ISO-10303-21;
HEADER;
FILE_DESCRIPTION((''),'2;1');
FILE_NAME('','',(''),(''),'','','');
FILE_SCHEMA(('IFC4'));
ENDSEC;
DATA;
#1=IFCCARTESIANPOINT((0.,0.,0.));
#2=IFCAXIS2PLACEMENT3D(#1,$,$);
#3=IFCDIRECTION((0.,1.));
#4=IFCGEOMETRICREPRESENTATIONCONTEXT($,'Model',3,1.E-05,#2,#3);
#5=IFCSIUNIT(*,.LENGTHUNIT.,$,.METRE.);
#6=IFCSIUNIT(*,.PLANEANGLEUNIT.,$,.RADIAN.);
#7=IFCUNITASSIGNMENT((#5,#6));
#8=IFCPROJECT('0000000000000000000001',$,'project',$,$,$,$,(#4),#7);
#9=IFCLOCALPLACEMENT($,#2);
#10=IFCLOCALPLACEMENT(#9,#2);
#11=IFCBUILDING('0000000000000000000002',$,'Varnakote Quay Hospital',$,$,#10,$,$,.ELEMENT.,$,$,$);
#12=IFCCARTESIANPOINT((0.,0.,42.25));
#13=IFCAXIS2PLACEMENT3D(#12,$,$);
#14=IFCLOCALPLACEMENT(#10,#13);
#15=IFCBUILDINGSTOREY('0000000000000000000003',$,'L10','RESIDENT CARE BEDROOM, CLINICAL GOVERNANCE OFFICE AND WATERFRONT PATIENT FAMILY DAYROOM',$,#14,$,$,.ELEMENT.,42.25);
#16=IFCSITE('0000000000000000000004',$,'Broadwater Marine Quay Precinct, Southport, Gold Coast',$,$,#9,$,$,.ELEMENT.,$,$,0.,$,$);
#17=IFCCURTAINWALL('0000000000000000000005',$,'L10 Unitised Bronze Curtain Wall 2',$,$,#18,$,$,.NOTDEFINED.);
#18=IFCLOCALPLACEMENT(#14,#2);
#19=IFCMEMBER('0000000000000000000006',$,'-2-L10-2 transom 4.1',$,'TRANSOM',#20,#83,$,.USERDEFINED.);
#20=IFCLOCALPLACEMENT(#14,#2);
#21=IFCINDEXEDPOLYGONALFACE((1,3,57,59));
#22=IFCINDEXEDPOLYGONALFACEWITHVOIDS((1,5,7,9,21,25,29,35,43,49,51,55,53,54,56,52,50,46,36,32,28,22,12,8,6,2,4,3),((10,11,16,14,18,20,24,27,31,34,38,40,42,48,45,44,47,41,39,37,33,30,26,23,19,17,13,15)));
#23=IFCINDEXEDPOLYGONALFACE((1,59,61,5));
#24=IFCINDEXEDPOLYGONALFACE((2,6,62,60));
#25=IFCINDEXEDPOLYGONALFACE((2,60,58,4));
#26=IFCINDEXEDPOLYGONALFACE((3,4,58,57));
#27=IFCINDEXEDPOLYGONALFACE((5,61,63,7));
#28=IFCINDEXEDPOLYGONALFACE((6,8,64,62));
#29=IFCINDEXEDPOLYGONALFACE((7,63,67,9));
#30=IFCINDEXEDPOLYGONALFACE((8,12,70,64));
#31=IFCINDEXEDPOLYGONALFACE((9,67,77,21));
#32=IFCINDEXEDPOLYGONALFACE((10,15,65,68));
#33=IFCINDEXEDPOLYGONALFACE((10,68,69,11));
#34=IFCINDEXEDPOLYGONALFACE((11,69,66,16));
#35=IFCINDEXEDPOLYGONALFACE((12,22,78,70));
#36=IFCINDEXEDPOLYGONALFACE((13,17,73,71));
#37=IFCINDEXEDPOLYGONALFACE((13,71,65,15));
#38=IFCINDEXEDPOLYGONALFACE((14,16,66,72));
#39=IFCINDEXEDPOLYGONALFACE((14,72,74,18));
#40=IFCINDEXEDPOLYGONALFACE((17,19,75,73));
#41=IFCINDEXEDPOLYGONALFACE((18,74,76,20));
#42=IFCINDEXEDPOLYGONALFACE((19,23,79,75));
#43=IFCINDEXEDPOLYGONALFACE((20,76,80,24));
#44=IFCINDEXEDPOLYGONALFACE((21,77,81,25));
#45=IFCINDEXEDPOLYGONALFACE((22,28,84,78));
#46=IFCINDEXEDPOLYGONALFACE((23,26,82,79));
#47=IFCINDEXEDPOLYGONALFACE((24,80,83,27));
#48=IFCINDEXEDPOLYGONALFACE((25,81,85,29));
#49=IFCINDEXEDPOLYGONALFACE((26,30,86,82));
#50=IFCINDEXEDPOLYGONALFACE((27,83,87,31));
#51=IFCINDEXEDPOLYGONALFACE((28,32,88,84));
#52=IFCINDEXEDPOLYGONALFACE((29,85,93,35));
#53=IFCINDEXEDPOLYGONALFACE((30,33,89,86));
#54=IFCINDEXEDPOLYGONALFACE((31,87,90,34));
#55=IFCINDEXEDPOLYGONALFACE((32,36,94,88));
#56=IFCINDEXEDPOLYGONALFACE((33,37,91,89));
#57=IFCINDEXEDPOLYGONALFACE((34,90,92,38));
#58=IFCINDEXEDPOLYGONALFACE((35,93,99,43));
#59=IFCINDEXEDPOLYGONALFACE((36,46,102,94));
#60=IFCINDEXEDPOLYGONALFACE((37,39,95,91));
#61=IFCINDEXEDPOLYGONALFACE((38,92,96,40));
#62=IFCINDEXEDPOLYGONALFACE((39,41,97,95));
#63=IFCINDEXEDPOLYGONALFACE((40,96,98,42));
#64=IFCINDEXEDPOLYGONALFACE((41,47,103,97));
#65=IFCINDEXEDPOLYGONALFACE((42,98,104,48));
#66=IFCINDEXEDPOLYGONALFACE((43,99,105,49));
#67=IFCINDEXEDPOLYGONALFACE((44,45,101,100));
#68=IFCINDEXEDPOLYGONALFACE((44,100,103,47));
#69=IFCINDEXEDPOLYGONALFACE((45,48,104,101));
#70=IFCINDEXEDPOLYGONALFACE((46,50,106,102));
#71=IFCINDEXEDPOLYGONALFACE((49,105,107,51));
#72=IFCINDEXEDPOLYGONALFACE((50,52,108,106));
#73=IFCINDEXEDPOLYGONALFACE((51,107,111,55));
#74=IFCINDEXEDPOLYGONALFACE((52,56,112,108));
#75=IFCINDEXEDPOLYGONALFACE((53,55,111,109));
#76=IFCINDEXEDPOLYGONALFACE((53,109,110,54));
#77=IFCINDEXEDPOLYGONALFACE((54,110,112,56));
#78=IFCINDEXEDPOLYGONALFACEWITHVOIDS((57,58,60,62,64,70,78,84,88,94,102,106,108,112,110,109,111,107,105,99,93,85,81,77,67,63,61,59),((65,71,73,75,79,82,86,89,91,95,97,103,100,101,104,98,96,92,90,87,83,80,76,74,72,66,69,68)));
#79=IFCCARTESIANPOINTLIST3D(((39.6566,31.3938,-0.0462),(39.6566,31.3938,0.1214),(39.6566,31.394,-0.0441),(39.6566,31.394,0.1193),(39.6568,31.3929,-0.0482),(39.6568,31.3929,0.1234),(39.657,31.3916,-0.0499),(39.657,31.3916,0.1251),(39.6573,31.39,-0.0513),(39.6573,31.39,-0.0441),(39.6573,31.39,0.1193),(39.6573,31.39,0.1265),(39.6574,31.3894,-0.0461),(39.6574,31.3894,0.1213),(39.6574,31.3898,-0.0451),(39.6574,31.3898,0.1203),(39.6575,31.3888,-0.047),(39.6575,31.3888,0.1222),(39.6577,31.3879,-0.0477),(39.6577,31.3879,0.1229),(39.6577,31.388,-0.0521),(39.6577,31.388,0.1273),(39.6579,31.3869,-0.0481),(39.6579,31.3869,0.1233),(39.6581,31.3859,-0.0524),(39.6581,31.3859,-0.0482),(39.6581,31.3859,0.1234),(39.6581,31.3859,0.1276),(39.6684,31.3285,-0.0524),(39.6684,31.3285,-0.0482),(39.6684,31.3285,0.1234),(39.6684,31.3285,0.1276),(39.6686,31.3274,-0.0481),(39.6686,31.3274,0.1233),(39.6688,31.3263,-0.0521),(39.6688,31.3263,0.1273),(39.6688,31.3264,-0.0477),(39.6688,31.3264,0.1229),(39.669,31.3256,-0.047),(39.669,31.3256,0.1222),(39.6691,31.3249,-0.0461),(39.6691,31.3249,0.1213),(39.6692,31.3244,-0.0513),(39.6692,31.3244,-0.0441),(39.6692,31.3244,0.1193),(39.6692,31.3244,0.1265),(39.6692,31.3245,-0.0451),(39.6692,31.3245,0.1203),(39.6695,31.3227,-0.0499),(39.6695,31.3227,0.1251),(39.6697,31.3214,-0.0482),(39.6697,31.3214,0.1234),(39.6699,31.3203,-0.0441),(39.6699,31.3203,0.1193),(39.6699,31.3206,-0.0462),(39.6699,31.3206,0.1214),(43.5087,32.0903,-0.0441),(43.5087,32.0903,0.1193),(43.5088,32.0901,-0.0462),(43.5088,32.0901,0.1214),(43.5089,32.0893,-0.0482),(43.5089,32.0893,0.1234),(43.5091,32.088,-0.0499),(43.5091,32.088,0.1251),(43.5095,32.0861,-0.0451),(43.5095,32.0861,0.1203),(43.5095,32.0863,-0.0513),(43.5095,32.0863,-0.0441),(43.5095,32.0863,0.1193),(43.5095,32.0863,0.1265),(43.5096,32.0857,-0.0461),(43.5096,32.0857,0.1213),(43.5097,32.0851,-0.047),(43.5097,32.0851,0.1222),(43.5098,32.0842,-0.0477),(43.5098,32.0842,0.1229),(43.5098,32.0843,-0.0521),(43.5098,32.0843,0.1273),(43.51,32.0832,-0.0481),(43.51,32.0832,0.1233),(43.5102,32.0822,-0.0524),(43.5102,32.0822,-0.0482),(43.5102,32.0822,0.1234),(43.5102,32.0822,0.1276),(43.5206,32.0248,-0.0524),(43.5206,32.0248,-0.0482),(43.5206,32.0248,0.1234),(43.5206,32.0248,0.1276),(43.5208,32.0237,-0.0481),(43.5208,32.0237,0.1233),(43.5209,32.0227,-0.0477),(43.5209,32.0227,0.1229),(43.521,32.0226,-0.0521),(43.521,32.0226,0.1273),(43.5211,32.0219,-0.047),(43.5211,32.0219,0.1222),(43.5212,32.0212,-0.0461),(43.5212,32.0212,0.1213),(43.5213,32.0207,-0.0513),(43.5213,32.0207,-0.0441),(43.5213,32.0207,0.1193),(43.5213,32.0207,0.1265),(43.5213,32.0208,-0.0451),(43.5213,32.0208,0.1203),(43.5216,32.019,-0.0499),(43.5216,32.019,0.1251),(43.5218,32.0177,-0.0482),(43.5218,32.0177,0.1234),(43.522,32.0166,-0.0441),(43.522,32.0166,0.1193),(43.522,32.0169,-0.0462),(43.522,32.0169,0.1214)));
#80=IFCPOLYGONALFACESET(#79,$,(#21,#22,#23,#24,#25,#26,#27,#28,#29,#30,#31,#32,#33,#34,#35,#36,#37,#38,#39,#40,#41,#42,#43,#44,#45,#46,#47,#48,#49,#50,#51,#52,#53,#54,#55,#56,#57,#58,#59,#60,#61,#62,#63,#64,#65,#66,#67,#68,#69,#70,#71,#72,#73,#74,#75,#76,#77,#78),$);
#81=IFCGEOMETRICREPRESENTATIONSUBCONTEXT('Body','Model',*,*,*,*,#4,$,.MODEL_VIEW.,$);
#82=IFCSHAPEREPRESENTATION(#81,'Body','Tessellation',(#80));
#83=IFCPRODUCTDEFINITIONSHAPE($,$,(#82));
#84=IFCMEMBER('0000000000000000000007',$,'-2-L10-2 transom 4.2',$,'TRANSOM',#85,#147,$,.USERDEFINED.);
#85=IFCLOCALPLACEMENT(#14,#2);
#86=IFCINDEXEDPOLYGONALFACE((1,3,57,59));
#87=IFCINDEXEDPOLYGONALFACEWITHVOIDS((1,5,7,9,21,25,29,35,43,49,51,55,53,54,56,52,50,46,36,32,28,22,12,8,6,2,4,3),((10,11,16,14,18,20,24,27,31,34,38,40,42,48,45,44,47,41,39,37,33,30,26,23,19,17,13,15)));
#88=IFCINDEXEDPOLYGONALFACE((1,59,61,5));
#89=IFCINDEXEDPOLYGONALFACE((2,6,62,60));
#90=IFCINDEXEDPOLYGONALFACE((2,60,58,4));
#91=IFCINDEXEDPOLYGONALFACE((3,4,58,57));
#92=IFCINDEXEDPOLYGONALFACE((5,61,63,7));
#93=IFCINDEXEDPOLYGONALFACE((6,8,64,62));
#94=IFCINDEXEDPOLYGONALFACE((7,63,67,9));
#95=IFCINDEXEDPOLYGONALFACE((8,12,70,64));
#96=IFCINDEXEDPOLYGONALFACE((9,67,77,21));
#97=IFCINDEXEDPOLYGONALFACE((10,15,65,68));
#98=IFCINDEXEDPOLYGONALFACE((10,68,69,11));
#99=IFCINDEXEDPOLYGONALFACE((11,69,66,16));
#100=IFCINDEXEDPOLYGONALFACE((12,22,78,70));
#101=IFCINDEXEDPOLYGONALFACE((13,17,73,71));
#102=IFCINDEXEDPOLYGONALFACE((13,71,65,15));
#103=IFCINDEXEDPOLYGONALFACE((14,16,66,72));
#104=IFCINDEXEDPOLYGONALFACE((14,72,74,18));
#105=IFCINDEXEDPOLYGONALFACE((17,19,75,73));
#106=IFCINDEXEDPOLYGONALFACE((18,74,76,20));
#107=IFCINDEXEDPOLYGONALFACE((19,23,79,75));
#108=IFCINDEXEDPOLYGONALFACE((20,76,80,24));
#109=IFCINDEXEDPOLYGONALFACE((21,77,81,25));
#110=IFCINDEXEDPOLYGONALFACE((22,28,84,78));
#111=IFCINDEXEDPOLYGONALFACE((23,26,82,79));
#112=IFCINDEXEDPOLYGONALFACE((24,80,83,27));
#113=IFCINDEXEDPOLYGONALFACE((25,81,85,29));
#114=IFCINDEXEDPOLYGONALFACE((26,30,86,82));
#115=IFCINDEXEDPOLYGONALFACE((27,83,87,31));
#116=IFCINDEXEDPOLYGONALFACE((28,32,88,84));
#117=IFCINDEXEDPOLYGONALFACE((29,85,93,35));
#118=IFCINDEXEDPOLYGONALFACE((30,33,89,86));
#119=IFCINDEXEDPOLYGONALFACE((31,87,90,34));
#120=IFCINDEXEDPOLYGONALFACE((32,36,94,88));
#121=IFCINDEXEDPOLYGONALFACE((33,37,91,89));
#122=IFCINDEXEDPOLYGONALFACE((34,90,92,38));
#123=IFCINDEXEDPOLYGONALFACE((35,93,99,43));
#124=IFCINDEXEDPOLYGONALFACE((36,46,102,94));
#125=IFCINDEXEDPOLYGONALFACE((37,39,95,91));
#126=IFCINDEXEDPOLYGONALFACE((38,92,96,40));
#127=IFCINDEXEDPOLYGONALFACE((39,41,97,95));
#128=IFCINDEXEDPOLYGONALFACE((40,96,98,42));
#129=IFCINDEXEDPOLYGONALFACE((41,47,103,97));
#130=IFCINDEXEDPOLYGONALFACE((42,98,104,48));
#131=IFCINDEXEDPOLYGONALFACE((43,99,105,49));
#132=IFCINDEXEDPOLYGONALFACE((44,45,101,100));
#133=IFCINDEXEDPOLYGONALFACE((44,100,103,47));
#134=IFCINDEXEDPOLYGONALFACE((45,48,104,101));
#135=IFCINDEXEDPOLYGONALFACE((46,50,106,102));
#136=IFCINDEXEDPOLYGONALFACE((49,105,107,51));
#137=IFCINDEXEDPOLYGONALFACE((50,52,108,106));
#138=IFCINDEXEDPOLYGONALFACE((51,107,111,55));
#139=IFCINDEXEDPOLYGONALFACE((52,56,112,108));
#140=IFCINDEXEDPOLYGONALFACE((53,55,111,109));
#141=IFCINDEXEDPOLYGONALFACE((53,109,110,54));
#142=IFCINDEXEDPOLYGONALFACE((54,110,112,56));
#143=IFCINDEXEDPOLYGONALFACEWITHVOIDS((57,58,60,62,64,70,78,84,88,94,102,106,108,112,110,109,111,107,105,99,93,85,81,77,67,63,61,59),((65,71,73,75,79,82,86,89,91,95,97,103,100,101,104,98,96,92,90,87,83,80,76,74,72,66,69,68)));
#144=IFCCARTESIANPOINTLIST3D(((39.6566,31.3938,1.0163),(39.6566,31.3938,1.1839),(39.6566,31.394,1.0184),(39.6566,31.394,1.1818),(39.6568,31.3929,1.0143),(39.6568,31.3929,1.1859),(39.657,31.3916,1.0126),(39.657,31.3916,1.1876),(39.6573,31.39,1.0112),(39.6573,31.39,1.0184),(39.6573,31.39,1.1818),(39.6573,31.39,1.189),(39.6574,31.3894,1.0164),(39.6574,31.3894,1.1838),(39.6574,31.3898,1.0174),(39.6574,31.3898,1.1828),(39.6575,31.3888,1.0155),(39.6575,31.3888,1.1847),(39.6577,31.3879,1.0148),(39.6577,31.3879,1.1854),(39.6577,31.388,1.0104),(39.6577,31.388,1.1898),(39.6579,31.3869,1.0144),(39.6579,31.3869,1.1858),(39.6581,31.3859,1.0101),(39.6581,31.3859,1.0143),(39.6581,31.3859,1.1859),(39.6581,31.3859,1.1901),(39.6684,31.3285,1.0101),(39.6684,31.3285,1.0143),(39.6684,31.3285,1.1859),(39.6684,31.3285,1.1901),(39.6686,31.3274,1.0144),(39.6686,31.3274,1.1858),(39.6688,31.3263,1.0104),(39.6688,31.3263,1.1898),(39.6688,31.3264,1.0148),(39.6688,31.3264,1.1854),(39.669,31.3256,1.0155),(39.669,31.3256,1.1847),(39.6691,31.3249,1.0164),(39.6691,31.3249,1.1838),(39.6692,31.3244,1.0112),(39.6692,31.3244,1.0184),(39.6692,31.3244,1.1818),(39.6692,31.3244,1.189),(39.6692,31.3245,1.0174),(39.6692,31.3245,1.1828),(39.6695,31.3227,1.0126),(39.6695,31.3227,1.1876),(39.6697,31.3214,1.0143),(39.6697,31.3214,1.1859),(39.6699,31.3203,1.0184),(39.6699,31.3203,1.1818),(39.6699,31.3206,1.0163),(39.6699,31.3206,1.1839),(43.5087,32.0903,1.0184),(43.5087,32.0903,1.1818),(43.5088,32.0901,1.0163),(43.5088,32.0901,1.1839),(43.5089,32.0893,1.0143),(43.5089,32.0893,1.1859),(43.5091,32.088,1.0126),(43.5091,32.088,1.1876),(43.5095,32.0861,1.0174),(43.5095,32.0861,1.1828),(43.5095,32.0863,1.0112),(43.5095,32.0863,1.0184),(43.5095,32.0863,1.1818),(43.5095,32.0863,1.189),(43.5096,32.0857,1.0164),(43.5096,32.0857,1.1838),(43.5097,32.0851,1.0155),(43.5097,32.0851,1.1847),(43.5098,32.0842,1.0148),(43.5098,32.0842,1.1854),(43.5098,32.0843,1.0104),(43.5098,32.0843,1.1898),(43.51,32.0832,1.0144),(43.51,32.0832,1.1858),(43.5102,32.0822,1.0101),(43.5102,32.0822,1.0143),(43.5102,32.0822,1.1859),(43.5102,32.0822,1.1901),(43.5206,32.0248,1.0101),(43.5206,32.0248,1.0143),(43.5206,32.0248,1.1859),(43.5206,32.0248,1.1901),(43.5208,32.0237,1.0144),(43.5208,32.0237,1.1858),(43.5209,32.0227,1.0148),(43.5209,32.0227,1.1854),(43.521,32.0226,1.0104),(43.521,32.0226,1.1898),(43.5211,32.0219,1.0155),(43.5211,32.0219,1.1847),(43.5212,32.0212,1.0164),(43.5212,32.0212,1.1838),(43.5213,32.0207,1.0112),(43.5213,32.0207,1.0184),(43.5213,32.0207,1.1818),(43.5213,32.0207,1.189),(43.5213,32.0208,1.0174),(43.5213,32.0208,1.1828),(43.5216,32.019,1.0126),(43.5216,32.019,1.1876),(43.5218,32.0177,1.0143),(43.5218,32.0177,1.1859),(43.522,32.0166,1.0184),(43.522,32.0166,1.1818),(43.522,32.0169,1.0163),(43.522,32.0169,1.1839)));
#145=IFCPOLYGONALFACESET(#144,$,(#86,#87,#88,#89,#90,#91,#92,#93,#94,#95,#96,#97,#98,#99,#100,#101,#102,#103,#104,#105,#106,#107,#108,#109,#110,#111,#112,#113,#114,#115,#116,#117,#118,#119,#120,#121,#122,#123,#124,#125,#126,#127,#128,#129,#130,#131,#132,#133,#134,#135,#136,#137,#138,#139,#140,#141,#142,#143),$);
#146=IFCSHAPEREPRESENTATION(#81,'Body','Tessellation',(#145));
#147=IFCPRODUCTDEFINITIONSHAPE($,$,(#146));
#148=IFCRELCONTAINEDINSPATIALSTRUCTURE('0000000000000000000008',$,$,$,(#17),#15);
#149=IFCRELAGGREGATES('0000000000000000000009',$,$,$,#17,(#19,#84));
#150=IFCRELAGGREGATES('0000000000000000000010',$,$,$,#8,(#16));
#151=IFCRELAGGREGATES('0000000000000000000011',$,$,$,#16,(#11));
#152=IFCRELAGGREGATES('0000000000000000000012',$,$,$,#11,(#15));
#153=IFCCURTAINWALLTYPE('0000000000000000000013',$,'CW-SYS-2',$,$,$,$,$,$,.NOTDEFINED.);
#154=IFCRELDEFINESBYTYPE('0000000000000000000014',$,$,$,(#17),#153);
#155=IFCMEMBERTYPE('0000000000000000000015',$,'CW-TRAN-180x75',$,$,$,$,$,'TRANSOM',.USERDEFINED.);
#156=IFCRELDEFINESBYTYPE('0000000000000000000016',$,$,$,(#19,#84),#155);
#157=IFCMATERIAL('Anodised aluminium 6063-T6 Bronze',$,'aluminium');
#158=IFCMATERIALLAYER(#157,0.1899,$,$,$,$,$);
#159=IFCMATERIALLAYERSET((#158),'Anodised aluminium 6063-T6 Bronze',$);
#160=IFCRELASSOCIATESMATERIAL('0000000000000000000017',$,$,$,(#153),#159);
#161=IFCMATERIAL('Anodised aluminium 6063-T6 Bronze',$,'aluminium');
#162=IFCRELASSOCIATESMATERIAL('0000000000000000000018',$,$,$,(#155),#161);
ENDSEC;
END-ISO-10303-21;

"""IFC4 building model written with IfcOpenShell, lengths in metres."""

from ifc_helpers import new_model, si_unit, direction, frame, origin, origin_2d, place, context, subcontext, project, spatial, hollow_rectangle, extrude, material, layer, layer_set, material_profile, profile_set, type_object, element, aggregate, save


model = new_model("IFC4")

# Units and contexts
model_context = context("Model", 3, precision=1e-05, world=origin(), true_north=direction((0.0, 1.0)))
body_context = subcontext(model_context, "Body", "Model", "MODEL_VIEW")
ifc_project = project(units=[si_unit("LENGTHUNIT", "METRE"), si_unit("PLANEANGLEUNIT", "RADIAN")], contexts=[model_context])

# Site, building, storey
site_placement = place(None, origin())
site = spatial("IfcSite", under=ifc_project, at=site_placement, Name="Broadwater Marine Quay Precinct, Southport, Gold Coast", CompositionType="ELEMENT", RefElevation=0.0)
building_placement = place(site_placement, origin())
building = spatial("IfcBuilding", under=site, at=building_placement, Name="Varnakote Quay Hospital", CompositionType="ELEMENT")
storey_placement = place(building_placement, frame((0.0, 0.0, 42.25)))
storey = spatial("IfcBuildingStorey", under=building, at=storey_placement, Name="L10", Description="RESIDENT CARE BEDROOM, CLINICAL GOVERNANCE OFFICE AND WATERFRONT PATIENT FAMILY DAYROOM", CompositionType="ELEMENT", Elevation=42.25)

# Curtain wall, members
ifc_material_1 = material(Name="Anodised aluminium 6063-T6 Bronze", Category="aluminium")
ifc_layer_1 = layer(ifc_material_1, 0.1899)
ifc_layer_set_1 = layer_set([ifc_layer_1], Name="Anodised aluminium 6063-T6 Bronze")
curtain_wall_type = type_object("IfcCurtainWallType", Name="CW-SYS-2", PredefinedType="NOTDEFINED", material=ifc_layer_set_1)
curtain_wall_placement = place(storey_placement, origin())
curtain_wall = element("IfcCurtainWall", 1, at=curtain_wall_placement, inside=storey, type_object=curtain_wall_type, Name="L10 Unitised Bronze Curtain Wall 2", PredefinedType="NOTDEFINED")
ifc_material_2 = material(Name="Anodised aluminium 6063-T6 Bronze", Category="aluminium")
ifc_material_profile_1 = material_profile(ifc_material_2, hollow_rectangle(XDim=0.075, YDim=0.1799, WallThickness=0.0042, InnerFilletRadius=0.0042, OuterFilletRadius=0.0083, at=origin_2d()), Name="CW-TRAN-180x75")
ifc_profile_set_1 = profile_set([ifc_material_profile_1], Name="Anodised aluminium 6063-T6 Bronze")
member_type_1 = type_object("IfcMemberType", Name="CW-TRAN-180x75", ElementType="TRANSOM", PredefinedType="USERDEFINED", material=ifc_profile_set_1)
member_1_placement = place(storey_placement, frame((43.5154, 32.0535, 0.0376), z_axis=(-0.984053, -0.177875, 0.0), x_axis=(0.177875, -0.984053, 0.0)))
member_1 = element("IfcMember", 2, at=member_1_placement, type_object=member_type_1, Name="-2-L10-2 transom 4.1", ObjectType="TRANSOM", PredefinedType="USERDEFINED", context=body_context, shape_type="SweptSolid", body=[
    extrude(hollow_rectangle(XDim=0.075, YDim=0.1799, WallThickness=0.0042, InnerFilletRadius=0.0042, OuterFilletRadius=0.0083, at=origin_2d()), origin(), (0.0, 0.0, 1.0), 3.9146),
])
member_2_placement = place(storey_placement, frame((43.5154, 32.0535, 1.1001), z_axis=(-0.984053, -0.177875, 0.0), x_axis=(0.177875, -0.984053, 0.0)))
member_2 = element("IfcMember", 3, at=member_2_placement, type_object=member_type_1, Name="-2-L10-2 transom 4.2", ObjectType="TRANSOM", PredefinedType="USERDEFINED", context=body_context, shape_type="SweptSolid", body=[
    extrude(hollow_rectangle(XDim=0.075, YDim=0.1799, WallThickness=0.0042, InnerFilletRadius=0.0042, OuterFilletRadius=0.0083, at=origin_2d()), origin(), (0.0, 0.0, 1.0), 3.9146),
])
aggregate(curtain_wall, [member_1, member_2])

save(model, "model.ifc")
